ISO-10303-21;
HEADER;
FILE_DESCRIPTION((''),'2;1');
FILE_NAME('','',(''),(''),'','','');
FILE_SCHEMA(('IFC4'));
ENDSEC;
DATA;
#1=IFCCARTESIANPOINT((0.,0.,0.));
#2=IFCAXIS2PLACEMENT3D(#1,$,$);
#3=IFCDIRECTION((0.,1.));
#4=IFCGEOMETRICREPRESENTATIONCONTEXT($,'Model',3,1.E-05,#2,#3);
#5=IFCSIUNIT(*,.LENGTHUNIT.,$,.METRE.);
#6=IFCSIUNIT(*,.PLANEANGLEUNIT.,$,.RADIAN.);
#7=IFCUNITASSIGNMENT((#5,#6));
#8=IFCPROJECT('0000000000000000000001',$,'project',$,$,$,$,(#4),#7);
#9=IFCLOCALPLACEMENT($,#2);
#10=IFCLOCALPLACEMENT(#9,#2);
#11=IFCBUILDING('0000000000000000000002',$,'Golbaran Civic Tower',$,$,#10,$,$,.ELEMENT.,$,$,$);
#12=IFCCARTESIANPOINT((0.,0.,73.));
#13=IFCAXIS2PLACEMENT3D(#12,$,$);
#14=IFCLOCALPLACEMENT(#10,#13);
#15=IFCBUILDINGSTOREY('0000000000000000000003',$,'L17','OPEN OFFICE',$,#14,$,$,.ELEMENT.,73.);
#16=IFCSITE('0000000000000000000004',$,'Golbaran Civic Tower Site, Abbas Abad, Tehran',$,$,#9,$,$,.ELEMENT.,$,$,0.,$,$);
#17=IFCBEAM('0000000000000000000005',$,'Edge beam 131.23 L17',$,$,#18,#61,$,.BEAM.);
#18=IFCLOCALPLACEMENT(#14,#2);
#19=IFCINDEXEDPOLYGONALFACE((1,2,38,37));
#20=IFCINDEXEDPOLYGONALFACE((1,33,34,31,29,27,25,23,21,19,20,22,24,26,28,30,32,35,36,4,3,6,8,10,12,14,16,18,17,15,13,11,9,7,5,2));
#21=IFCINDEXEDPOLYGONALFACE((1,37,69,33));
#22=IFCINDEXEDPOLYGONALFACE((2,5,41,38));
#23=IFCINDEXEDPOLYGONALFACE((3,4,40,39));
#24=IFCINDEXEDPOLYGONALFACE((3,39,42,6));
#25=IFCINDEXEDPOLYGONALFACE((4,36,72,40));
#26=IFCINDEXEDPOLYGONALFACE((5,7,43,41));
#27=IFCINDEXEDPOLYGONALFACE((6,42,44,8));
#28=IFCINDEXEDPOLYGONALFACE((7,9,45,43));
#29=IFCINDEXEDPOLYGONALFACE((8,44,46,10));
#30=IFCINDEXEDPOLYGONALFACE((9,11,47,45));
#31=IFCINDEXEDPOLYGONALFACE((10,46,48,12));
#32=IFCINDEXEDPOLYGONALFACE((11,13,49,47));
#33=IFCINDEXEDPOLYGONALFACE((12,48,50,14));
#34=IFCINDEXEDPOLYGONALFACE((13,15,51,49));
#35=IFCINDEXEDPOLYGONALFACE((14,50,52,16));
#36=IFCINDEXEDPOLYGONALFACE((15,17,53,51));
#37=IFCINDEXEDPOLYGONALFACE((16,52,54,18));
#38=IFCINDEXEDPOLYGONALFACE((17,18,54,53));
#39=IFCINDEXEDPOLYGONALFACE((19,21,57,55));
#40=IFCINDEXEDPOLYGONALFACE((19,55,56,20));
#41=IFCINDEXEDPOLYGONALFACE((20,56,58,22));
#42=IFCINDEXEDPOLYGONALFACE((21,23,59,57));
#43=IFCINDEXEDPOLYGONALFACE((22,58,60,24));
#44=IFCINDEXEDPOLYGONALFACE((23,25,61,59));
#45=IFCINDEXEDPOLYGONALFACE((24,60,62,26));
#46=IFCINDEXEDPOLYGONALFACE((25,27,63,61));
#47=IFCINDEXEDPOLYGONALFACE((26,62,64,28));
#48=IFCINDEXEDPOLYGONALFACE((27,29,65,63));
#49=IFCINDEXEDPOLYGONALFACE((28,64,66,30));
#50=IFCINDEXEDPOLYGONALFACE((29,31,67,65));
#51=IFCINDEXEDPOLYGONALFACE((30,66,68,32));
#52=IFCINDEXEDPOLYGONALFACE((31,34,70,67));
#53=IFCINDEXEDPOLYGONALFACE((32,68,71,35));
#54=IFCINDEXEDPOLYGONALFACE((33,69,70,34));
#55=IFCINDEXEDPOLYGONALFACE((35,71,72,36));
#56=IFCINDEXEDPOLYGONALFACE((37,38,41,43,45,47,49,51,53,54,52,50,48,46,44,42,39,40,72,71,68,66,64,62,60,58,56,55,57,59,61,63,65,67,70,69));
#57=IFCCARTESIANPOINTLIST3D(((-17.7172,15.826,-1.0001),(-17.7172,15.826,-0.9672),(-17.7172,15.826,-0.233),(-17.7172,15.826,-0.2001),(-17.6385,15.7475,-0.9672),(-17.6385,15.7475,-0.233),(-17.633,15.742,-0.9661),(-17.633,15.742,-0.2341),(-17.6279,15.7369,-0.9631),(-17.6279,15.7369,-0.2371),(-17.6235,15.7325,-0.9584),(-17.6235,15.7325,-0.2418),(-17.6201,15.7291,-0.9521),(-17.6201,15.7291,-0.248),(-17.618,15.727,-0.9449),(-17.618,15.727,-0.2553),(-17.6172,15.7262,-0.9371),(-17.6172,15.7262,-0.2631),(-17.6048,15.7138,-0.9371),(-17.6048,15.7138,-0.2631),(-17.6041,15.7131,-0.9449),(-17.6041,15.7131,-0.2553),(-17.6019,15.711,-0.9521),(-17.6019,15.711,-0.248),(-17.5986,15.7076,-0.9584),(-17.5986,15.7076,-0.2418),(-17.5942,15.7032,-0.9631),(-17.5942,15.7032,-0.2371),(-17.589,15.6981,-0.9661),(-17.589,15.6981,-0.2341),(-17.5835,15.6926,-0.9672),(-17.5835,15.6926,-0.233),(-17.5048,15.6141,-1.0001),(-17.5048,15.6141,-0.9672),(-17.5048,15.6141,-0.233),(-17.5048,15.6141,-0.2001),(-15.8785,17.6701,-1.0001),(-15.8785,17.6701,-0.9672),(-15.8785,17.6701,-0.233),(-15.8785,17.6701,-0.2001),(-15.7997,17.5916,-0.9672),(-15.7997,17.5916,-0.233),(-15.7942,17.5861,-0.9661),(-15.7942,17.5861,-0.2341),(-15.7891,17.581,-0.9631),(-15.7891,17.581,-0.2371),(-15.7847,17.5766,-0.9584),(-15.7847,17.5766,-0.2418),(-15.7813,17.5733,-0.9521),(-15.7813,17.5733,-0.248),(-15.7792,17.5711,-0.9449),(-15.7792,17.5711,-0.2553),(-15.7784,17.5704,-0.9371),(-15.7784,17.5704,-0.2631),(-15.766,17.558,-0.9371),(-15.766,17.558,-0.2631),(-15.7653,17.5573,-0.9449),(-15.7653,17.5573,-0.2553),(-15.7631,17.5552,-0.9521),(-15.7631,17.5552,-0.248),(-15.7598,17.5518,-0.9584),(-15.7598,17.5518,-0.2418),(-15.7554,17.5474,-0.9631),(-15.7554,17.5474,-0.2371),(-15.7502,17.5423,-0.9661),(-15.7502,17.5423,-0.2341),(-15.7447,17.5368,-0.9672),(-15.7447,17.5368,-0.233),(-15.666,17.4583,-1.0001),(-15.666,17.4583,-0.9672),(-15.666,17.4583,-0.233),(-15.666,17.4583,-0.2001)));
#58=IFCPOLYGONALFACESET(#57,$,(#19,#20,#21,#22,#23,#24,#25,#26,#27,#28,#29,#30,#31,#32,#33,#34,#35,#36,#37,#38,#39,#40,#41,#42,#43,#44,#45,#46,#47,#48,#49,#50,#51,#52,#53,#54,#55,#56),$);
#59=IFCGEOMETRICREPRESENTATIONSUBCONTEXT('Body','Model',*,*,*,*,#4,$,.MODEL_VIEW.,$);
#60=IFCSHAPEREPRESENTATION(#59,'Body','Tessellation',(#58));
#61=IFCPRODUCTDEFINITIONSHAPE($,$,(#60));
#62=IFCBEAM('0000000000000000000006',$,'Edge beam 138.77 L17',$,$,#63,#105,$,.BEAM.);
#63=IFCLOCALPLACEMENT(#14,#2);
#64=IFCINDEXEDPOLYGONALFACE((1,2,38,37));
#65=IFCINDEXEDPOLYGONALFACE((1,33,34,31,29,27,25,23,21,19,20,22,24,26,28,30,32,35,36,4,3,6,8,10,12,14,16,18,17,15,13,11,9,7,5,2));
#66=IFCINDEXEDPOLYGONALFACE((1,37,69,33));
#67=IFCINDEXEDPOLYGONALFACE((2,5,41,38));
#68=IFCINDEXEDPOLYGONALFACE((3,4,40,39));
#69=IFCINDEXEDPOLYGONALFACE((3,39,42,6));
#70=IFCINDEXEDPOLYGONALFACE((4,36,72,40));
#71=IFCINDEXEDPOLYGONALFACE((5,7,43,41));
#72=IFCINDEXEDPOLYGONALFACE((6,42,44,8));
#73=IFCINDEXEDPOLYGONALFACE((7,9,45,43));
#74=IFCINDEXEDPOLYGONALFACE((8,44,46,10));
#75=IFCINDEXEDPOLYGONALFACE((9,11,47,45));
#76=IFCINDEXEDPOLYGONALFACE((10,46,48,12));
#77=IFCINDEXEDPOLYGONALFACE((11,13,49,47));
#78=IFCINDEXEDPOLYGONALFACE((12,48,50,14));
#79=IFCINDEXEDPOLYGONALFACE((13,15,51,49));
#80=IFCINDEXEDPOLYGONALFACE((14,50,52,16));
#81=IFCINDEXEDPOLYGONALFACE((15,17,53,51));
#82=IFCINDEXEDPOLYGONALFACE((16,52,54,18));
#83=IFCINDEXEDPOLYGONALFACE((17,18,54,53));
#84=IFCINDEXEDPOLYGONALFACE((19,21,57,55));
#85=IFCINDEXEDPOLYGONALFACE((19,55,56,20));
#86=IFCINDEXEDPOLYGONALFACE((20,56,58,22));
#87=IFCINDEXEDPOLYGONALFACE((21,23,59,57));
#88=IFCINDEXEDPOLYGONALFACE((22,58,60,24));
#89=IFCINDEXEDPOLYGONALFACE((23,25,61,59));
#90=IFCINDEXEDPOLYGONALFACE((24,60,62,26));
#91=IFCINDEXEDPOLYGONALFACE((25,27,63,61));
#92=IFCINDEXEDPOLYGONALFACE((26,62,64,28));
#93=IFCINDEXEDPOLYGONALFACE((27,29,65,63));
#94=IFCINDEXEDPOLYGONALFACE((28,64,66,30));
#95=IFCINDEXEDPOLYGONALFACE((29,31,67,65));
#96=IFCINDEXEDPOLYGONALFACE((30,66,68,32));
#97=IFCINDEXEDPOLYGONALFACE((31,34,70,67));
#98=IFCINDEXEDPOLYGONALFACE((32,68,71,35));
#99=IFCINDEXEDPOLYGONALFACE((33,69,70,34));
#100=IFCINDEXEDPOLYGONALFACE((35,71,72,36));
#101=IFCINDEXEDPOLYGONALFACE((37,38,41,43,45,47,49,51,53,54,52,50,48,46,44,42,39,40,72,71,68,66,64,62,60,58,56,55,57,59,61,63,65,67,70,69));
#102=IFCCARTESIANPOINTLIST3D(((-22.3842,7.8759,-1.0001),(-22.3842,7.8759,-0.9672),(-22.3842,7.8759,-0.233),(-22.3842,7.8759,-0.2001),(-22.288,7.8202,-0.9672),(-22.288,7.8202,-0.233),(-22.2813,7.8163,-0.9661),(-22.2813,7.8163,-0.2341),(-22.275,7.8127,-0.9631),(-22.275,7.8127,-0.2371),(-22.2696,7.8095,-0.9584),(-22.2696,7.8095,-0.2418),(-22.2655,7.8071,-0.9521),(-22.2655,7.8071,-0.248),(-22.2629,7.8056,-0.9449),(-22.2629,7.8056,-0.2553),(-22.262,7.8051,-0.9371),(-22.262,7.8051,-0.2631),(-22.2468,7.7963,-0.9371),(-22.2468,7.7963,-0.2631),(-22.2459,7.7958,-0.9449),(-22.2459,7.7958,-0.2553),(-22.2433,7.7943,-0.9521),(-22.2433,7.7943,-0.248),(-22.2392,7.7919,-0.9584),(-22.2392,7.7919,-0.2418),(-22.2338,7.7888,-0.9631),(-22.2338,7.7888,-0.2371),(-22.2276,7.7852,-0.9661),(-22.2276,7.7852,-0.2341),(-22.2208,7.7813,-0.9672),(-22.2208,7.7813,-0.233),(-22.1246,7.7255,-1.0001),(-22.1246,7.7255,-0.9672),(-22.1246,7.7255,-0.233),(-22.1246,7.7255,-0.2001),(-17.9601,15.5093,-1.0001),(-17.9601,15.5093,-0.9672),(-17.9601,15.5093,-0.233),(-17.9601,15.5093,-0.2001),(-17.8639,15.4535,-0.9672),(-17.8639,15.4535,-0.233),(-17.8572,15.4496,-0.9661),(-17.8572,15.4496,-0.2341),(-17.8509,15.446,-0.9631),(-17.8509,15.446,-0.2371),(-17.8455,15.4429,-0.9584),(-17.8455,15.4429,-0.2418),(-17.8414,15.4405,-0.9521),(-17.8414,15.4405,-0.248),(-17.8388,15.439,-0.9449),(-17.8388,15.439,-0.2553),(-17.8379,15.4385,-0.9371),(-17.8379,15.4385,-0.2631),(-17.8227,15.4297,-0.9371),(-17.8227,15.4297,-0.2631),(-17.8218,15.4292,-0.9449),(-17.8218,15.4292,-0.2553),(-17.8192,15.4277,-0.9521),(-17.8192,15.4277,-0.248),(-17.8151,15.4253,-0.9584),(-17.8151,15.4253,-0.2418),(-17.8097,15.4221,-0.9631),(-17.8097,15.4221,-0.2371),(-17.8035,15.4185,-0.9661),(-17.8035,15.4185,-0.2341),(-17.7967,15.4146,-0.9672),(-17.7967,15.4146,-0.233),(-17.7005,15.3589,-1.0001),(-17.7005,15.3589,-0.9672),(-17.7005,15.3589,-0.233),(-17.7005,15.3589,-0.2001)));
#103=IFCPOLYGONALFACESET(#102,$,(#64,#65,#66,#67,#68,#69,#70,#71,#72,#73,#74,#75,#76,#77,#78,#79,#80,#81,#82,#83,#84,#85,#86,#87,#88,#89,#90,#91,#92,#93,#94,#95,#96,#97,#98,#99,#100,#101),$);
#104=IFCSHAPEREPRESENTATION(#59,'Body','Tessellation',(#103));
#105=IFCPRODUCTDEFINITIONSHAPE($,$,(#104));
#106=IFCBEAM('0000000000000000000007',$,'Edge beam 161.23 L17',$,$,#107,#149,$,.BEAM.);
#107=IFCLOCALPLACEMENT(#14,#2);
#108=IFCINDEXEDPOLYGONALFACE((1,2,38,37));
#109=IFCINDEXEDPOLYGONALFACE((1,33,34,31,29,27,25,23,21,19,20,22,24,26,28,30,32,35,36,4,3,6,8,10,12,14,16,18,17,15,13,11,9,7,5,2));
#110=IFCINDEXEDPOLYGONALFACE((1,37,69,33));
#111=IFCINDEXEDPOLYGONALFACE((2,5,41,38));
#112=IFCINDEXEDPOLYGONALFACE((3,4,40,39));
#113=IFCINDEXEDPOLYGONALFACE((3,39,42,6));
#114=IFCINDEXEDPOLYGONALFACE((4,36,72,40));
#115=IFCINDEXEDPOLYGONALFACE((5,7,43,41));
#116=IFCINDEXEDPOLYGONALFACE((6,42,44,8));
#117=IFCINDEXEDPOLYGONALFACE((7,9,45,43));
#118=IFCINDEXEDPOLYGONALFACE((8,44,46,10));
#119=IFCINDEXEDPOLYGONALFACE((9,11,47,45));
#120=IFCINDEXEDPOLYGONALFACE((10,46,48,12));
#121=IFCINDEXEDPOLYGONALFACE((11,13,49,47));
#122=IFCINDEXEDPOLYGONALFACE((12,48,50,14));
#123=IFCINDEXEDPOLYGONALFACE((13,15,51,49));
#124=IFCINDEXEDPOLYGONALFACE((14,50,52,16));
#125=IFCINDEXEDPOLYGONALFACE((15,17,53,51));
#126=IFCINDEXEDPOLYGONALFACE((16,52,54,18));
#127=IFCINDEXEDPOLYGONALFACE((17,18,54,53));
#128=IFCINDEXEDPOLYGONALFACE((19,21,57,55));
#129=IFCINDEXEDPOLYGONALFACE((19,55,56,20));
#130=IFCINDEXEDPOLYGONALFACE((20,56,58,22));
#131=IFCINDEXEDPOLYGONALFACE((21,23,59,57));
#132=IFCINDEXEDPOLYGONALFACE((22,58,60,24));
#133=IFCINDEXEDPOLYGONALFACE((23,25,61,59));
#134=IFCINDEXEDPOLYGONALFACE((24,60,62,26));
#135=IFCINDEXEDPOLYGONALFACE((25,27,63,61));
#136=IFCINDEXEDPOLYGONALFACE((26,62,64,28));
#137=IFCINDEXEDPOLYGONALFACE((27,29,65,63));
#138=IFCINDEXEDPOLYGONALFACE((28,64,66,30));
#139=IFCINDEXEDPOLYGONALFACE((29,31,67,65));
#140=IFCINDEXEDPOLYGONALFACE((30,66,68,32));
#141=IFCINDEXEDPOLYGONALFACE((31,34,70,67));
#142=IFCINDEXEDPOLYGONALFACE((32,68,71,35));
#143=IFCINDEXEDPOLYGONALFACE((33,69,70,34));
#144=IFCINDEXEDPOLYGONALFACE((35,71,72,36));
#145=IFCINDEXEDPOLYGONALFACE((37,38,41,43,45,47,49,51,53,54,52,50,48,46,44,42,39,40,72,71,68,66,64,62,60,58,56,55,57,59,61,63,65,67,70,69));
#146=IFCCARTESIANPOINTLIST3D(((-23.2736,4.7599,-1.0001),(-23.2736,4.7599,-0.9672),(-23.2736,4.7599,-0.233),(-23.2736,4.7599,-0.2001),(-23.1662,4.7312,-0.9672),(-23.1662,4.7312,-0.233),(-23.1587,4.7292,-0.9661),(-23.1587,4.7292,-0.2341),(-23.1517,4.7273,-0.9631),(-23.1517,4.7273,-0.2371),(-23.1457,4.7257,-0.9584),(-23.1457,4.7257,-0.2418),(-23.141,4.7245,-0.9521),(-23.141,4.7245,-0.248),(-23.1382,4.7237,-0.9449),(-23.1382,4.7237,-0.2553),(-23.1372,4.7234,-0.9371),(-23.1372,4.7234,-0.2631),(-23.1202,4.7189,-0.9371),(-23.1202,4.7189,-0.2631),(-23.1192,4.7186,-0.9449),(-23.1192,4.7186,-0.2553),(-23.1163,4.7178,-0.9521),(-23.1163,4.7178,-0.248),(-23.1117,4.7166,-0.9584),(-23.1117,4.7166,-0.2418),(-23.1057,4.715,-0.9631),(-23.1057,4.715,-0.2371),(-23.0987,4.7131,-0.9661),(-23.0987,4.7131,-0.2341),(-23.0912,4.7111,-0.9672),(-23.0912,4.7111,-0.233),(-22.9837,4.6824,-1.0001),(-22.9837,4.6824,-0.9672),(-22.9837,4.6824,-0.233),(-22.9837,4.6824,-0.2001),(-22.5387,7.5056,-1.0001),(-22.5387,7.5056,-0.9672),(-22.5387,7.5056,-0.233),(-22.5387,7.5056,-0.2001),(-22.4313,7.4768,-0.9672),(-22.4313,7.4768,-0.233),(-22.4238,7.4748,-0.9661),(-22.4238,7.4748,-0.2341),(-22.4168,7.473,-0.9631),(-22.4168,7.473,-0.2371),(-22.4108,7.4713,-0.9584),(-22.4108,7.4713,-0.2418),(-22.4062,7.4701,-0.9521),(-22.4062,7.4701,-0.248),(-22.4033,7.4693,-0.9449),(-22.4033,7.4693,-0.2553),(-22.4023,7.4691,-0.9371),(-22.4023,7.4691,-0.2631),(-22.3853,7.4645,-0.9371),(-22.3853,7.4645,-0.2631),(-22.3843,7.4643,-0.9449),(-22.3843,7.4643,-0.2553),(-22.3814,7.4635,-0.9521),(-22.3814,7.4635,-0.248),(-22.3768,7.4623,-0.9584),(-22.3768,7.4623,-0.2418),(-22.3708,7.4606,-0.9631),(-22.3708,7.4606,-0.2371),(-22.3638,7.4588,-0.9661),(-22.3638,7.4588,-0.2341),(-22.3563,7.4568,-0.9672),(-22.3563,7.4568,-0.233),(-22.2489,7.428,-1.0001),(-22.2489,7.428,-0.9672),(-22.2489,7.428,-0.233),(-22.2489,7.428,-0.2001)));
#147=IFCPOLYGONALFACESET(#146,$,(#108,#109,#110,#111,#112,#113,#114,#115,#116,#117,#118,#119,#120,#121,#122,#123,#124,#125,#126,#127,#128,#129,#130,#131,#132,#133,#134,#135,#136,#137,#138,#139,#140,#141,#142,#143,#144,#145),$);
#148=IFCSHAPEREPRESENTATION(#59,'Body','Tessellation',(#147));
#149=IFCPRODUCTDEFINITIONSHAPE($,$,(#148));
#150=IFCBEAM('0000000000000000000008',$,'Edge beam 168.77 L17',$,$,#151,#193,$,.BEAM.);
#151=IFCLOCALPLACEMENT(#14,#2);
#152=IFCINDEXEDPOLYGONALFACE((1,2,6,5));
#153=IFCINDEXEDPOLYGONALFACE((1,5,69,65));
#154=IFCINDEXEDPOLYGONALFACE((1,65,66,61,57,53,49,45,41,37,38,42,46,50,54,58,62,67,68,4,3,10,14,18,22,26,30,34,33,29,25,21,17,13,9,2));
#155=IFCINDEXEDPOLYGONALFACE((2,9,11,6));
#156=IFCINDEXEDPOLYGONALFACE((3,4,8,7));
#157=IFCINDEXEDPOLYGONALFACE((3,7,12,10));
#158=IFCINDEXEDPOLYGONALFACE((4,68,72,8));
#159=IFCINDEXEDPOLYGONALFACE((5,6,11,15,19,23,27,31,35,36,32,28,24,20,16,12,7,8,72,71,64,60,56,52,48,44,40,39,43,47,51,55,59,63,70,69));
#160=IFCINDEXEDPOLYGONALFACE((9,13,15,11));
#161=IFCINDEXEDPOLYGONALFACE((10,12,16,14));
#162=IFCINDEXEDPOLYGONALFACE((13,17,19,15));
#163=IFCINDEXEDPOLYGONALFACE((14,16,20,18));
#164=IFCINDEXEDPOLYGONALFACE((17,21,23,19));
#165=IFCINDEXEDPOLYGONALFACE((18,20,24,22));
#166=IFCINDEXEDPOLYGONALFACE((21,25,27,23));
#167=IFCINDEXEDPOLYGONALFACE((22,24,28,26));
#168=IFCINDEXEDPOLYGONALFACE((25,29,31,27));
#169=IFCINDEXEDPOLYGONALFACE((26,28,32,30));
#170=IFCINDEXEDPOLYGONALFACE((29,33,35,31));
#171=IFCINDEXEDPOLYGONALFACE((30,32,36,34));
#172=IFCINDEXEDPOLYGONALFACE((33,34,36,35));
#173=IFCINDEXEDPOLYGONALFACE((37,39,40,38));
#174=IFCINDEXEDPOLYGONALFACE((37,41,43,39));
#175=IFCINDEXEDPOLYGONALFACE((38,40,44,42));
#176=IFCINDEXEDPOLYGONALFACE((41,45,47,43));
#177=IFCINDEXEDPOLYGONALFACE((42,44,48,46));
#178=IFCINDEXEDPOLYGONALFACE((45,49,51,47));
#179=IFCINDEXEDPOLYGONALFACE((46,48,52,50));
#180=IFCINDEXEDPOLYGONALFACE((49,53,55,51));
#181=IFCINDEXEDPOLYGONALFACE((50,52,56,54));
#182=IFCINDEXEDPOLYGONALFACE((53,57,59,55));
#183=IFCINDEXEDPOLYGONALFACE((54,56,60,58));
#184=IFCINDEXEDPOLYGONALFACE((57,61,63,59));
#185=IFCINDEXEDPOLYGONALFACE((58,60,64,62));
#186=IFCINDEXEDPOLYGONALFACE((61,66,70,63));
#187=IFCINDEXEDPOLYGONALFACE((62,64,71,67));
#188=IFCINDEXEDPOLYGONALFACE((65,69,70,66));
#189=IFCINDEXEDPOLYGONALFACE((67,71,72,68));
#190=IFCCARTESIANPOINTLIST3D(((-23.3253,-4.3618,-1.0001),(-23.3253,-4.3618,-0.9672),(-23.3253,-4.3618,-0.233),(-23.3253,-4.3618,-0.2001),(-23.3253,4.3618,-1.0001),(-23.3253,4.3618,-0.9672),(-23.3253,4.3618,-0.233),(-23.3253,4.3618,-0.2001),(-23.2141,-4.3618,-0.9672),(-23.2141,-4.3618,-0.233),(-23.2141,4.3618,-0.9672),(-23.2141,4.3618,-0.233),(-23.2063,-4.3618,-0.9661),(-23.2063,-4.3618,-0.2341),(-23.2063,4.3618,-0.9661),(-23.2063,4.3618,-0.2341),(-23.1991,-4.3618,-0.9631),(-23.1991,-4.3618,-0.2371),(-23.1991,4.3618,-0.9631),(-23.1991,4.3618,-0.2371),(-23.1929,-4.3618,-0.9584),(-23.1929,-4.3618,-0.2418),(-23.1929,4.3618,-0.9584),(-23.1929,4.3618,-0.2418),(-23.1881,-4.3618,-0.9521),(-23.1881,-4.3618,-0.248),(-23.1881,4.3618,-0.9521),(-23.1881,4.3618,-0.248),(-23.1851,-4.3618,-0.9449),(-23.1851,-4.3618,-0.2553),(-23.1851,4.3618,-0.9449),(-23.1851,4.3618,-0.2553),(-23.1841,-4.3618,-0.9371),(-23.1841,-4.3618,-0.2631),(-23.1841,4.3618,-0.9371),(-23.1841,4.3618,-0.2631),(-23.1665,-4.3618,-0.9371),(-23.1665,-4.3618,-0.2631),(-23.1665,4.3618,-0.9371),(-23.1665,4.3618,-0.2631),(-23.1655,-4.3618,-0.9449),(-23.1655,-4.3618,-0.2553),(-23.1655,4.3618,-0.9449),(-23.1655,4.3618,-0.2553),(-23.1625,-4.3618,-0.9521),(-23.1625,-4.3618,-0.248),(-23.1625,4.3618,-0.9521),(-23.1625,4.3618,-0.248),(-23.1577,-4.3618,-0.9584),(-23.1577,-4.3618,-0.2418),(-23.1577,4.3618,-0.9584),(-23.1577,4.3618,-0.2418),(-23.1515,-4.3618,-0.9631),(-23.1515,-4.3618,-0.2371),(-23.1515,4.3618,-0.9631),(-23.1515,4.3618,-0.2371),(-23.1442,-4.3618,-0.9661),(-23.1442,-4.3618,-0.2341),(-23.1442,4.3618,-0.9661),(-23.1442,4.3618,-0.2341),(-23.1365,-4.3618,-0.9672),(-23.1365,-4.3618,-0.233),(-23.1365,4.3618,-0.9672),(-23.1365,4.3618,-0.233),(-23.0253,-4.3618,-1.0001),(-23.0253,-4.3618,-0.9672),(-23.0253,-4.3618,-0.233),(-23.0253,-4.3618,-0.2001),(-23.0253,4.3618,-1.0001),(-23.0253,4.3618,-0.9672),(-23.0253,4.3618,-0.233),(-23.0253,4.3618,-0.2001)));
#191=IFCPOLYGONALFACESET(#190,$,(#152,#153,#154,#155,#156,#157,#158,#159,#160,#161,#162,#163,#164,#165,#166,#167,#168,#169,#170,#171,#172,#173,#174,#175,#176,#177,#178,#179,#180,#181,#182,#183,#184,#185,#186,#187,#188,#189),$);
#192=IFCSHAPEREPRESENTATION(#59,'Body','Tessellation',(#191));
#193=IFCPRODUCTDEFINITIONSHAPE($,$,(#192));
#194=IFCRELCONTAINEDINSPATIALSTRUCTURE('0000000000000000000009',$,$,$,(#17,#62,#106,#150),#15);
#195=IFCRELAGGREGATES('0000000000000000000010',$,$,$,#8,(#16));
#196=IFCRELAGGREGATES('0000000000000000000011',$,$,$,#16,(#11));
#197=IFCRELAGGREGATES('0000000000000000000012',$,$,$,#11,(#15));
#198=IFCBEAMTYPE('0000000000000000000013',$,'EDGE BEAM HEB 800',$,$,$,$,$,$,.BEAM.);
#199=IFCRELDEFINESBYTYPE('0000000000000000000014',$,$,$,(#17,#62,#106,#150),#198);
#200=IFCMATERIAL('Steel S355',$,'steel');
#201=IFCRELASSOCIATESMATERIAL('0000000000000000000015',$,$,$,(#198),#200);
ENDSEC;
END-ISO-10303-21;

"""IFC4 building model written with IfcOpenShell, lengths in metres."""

from ifc_helpers import new_model, si_unit, direction, frame, origin, origin_2d, place, context, subcontext, project, spatial, i_section, extrude, material, material_profile, profile_set, type_object, element, save


model = new_model("IFC4")

# Units and contexts
model_context = context("Model", 3, precision=1e-05, world=origin(), true_north=direction((0.0, 1.0)))
body_context = subcontext(model_context, "Body", "Model", "MODEL_VIEW")
ifc_project = project(units=[si_unit("LENGTHUNIT", "METRE"), si_unit("PLANEANGLEUNIT", "RADIAN")], contexts=[model_context])

# Site, building, storey
site_placement = place(None, origin())
site = spatial("IfcSite", under=ifc_project, at=site_placement, Name="Golbaran Civic Tower Site, Abbas Abad, Tehran", CompositionType="ELEMENT", RefElevation=0.0)
building_placement = place(site_placement, origin())
building = spatial("IfcBuilding", under=site, at=building_placement, Name="Golbaran Civic Tower", CompositionType="ELEMENT")
storey_placement = place(building_placement, frame((0.0, 0.0, 73.0)))
storey = spatial("IfcBuildingStorey", under=building, at=storey_placement, Name="L17", Description="OPEN OFFICE", CompositionType="ELEMENT", Elevation=73.0)

# Beams
ifc_material_1 = material(Name="Steel S355", Category="steel")
ifc_material_profile_1 = material_profile(ifc_material_1, i_section(OverallWidth=0.3, OverallDepth=0.8, WebThickness=0.0176, FlangeThickness=0.033, FilletRadius=0.03, at=origin_2d()), Name="HEB 800")
ifc_profile_set_1 = profile_set([ifc_material_profile_1], Name="Steel S355")
beam_type_1 = type_object("IfcBeamType", Name="EDGE BEAM HEB 800", PredefinedType="BEAM", material=ifc_profile_set_1)
beam_1_placement = place(storey_placement, frame((-15.7722, 17.5642, -0.6001), z_axis=(-0.706075, -0.708137, 0.0), x_axis=(0.708137, -0.706075, 0.0)))
element("IfcBeam", 1, at=beam_1_placement, inside=storey, type_object=beam_type_1, Name="Edge beam 131.23 L17", PredefinedType="BEAM", context=body_context, shape_type="SweptSolid", body=[
    extrude(i_section(OverallWidth=0.3, OverallDepth=0.8, WebThickness=0.0176, FlangeThickness=0.033, FilletRadius=0.03, at=origin_2d()), origin(), (0.0, 0.0, 1.0), 2.6042),
])
beam_2_placement = place(storey_placement, frame((-17.8303, 15.4341, -0.6001), z_axis=(-0.501443, -0.865191, 0.0), x_axis=(0.865191, -0.501443, 0.0)))
element("IfcBeam", 2, at=beam_2_placement, inside=storey, type_object=beam_type_1, Name="Edge beam 138.77 L17", PredefinedType="BEAM", context=body_context, shape_type="SweptSolid", body=[
    extrude(i_section(OverallWidth=0.3, OverallDepth=0.8, WebThickness=0.0176, FlangeThickness=0.033, FilletRadius=0.03, at=origin_2d()), origin(), (0.0, 0.0, 1.0), 8.8228),
])
beam_3_placement = place(storey_placement, frame((-22.3938, 7.4668, -0.6001), z_axis=(-0.25855, -0.965998, 0.0), x_axis=(0.965998, -0.25855, 0.0)))
element("IfcBeam", 3, at=beam_3_placement, inside=storey, type_object=beam_type_1, Name="Edge beam 161.23 L17", PredefinedType="BEAM", context=body_context, shape_type="SweptSolid", body=[
    extrude(i_section(OverallWidth=0.3, OverallDepth=0.8, WebThickness=0.0176, FlangeThickness=0.033, FilletRadius=0.03, at=origin_2d()), origin(), (0.0, 0.0, 1.0), 2.8423),
])
beam_4_placement = place(storey_placement, frame((-23.1753, 4.3618, -0.6001), z_axis=(0.0, -1.0, 0.0), x_axis=(1.0, 0.0, 0.0)))
element("IfcBeam", 4, at=beam_4_placement, inside=storey, type_object=beam_type_1, Name="Edge beam 168.77 L17", PredefinedType="BEAM", context=body_context, shape_type="SweptSolid", body=[
    extrude(i_section(OverallWidth=0.3, OverallDepth=0.8, WebThickness=0.0176, FlangeThickness=0.033, FilletRadius=0.03, at=origin_2d()), origin(), (0.0, 0.0, 1.0), 8.7236),
])

save(model, "model.ifc")
